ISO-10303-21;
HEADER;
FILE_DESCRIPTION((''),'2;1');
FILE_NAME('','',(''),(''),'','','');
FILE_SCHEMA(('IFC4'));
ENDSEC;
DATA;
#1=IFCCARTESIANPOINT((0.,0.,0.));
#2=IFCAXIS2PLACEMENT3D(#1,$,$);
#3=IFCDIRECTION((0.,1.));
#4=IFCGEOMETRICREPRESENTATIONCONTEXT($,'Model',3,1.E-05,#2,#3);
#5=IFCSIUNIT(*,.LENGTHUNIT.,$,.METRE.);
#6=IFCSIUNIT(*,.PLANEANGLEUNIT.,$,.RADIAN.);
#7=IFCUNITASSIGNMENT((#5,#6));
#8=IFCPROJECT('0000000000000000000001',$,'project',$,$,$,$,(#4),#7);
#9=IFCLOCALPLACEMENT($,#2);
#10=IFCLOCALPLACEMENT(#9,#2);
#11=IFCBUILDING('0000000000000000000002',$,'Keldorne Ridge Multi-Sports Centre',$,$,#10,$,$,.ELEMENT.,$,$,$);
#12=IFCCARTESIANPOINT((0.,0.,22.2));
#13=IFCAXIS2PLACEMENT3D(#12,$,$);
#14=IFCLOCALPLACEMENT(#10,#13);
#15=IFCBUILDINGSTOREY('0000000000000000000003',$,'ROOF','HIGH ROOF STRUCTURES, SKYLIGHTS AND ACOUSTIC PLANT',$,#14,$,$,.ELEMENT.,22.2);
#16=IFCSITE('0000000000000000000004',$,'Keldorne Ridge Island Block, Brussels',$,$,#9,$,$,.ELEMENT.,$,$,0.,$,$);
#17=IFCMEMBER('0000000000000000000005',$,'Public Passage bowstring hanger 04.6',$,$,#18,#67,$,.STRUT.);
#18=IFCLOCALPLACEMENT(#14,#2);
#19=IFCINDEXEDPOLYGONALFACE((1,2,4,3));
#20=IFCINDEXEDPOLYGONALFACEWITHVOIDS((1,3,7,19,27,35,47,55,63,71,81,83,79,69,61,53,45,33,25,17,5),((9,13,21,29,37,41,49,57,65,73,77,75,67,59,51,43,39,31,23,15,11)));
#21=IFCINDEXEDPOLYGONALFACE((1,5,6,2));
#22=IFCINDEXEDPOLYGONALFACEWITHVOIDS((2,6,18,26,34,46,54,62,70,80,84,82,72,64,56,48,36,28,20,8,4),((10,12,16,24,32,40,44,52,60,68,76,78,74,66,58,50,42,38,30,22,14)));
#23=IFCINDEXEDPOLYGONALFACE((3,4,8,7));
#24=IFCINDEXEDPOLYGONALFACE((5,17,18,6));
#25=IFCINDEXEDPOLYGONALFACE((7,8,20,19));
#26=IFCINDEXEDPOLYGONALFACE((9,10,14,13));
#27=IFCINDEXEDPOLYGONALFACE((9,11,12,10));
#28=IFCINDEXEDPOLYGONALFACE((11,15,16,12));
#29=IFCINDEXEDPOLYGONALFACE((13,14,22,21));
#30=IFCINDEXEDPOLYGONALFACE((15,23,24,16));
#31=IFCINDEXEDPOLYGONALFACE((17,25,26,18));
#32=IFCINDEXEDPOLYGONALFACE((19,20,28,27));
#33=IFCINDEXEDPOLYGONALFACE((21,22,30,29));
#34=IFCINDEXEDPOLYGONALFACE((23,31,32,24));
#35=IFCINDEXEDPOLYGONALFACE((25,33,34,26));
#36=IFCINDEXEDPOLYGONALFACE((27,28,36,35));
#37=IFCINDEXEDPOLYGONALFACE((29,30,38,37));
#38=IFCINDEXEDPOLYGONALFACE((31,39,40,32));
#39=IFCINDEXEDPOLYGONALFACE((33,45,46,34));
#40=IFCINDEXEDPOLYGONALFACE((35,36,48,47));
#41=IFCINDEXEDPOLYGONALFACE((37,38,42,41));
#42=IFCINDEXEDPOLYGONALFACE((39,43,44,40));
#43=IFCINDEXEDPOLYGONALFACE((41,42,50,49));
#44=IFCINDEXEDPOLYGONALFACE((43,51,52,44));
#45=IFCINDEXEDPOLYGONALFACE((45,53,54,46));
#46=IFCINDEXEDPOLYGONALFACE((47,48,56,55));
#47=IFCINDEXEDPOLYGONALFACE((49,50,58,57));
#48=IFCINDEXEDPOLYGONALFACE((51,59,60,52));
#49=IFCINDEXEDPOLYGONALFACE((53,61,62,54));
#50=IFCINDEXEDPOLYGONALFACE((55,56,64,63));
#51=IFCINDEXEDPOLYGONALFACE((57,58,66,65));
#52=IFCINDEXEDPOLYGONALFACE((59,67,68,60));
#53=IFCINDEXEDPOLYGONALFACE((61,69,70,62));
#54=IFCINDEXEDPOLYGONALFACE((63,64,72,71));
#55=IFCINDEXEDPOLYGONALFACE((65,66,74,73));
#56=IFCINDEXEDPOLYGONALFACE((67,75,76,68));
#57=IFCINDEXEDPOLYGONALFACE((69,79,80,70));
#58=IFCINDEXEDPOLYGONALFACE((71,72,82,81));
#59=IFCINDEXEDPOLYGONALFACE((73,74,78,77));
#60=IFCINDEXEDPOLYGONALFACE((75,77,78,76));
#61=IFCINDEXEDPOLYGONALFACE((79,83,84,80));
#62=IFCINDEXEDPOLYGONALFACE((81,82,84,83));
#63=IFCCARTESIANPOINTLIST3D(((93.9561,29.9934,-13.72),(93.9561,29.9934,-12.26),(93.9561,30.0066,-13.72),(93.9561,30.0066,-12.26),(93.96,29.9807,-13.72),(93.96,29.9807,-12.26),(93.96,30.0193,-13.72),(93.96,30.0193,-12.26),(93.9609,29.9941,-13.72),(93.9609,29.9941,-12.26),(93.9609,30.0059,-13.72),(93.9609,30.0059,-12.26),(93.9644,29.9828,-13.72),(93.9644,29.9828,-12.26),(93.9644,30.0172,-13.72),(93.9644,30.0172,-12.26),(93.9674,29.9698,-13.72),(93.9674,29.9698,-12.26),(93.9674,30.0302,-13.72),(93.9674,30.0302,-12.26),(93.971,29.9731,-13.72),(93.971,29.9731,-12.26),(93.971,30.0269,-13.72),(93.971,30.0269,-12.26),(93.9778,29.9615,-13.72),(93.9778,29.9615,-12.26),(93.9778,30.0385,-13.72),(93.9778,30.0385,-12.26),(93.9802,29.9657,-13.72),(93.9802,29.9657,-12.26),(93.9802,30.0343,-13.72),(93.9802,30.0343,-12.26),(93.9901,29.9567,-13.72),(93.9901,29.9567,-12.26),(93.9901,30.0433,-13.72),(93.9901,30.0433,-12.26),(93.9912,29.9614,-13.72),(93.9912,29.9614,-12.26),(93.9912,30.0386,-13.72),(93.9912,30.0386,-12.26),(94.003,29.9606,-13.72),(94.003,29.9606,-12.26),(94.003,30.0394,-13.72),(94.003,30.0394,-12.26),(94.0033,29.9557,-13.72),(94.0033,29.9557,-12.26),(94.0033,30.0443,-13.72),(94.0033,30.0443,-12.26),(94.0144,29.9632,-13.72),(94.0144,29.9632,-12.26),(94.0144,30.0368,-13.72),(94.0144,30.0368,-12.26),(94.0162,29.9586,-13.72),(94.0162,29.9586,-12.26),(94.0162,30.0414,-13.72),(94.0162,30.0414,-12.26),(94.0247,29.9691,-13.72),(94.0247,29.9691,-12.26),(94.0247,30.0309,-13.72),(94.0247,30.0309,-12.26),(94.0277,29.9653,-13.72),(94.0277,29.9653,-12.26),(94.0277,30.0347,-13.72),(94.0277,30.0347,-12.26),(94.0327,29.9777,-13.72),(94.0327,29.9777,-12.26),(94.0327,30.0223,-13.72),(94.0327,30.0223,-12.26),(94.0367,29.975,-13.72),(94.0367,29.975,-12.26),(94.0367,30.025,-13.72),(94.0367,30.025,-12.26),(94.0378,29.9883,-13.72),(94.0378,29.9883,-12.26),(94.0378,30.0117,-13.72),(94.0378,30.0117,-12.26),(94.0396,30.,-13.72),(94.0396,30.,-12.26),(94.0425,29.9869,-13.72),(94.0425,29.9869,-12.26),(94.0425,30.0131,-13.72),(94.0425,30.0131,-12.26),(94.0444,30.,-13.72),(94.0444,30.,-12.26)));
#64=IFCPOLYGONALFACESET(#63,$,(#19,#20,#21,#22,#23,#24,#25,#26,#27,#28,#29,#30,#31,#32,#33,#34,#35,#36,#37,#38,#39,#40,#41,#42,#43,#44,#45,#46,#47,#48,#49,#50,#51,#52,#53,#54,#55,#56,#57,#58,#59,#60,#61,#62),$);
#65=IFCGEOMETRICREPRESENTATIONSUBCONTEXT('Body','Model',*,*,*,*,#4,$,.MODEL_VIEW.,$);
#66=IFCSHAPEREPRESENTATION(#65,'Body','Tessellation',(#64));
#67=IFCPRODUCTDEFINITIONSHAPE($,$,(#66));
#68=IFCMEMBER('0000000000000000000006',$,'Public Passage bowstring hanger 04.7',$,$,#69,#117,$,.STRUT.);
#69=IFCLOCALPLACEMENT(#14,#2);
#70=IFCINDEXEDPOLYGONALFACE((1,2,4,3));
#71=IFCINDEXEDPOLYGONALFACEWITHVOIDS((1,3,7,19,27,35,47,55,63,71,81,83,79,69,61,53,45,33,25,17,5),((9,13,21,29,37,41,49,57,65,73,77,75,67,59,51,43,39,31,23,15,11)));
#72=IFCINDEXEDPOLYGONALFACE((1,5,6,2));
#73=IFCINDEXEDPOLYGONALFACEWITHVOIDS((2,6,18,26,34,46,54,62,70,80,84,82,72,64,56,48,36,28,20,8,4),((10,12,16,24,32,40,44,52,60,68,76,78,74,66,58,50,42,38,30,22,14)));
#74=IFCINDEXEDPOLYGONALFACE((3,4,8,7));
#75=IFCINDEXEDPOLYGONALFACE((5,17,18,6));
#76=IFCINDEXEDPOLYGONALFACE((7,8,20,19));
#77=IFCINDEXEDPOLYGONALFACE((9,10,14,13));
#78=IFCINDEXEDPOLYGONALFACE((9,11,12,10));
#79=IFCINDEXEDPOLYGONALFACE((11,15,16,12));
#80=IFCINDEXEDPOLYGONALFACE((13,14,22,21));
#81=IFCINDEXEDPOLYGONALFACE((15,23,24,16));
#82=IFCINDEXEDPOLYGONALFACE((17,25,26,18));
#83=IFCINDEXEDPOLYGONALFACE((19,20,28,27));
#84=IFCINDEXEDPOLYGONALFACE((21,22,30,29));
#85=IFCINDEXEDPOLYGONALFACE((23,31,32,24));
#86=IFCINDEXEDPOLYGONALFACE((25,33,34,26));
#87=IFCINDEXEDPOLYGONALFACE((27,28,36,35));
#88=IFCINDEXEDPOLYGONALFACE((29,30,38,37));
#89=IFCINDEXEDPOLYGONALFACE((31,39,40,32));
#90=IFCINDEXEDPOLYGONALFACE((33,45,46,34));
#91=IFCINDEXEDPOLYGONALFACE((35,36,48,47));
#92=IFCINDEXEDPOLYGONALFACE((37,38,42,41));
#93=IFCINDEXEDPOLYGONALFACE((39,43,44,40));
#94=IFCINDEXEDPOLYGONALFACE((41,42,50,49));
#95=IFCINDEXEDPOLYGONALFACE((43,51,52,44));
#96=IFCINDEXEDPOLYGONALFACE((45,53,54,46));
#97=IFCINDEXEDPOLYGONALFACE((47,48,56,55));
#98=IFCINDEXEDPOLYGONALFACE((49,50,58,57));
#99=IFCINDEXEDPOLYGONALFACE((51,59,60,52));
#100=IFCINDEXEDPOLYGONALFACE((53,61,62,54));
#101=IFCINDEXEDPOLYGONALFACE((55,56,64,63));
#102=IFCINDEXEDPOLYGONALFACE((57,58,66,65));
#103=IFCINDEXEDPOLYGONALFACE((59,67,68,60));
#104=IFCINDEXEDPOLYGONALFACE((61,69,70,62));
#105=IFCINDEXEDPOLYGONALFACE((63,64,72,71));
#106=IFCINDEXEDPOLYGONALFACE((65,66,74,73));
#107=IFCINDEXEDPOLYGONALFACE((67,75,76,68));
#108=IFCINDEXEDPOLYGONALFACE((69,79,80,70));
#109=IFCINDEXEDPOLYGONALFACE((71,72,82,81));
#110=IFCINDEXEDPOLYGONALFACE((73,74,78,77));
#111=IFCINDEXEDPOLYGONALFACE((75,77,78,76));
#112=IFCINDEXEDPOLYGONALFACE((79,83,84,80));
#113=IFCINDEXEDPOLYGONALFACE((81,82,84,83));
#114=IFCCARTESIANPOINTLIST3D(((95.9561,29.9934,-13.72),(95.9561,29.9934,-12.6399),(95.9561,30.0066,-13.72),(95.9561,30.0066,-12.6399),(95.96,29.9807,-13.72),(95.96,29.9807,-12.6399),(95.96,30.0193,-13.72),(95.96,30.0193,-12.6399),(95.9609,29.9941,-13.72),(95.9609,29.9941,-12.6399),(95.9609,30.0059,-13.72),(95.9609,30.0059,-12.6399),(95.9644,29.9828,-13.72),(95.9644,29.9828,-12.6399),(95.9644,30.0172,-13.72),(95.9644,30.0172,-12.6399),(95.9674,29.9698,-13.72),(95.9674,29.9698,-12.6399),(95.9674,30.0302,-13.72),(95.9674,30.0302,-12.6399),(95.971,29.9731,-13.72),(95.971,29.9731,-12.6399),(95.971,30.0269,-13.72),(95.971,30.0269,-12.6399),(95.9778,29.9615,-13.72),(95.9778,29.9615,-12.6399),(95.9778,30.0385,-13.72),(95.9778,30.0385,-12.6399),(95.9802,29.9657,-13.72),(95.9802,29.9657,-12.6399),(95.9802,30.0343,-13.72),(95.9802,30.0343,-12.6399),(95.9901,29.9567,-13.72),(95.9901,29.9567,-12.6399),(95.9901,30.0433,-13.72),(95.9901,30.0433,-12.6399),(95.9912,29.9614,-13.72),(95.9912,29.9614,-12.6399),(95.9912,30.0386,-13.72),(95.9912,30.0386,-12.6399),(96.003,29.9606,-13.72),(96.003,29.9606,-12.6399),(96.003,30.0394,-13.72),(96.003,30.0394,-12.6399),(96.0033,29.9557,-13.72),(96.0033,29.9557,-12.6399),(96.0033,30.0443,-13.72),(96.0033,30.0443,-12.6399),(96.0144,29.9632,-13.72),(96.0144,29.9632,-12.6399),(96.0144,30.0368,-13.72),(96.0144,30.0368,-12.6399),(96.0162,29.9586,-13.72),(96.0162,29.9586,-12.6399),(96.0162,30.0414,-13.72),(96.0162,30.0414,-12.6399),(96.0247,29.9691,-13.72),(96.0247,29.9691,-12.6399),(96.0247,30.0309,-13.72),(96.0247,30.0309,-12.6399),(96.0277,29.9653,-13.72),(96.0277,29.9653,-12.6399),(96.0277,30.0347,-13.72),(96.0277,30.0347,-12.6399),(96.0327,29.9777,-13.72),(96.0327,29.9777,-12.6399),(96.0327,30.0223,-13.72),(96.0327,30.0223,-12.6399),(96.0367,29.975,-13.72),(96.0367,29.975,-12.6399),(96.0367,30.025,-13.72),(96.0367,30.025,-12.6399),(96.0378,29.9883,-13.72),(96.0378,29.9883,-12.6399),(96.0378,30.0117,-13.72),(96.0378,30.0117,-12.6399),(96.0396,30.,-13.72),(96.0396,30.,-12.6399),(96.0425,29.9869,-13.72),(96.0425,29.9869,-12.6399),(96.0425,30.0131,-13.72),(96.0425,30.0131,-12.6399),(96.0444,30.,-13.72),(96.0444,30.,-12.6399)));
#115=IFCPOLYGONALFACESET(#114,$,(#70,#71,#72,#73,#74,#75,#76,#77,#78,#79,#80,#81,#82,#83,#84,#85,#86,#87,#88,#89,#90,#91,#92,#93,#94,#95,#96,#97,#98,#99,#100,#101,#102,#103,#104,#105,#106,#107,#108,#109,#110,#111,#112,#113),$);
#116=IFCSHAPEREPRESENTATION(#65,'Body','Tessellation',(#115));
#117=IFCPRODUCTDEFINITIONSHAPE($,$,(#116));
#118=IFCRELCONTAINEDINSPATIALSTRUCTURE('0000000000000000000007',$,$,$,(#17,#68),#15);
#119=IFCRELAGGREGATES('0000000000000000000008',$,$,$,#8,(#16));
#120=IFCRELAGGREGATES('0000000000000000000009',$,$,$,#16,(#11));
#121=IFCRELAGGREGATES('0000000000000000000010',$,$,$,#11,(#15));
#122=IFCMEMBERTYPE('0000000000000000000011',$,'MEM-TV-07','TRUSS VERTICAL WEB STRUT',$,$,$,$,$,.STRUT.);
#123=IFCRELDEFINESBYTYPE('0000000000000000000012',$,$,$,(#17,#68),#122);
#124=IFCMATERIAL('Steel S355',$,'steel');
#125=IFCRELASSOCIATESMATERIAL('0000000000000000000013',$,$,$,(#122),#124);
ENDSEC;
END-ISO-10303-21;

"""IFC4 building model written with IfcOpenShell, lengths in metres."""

from ifc_helpers import new_model, si_unit, direction, frame, origin, origin_2d, place, context, subcontext, project, spatial, hollow_circle, extrude, material, material_profile, profile_set, type_object, element, save


model = new_model("IFC4")

# Units and contexts
model_context = context("Model", 3, precision=1e-05, world=origin(), true_north=direction((0.0, 1.0)))
body_context = subcontext(model_context, "Body", "Model", "MODEL_VIEW")
ifc_project = project(units=[si_unit("LENGTHUNIT", "METRE"), si_unit("PLANEANGLEUNIT", "RADIAN")], contexts=[model_context])

# Site, building, storey
site_placement = place(None, origin())
site = spatial("IfcSite", under=ifc_project, at=site_placement, Name="Keldorne Ridge Island Block, Brussels", CompositionType="ELEMENT", RefElevation=0.0)
building_placement = place(site_placement, origin())
building = spatial("IfcBuilding", under=site, at=building_placement, Name="Keldorne Ridge Multi-Sports Centre", CompositionType="ELEMENT")
storey_placement = place(building_placement, frame((0.0, 0.0, 22.2)))
storey = spatial("IfcBuildingStorey", under=building, at=storey_placement, Name="ROOF", Description="HIGH ROOF STRUCTURES, SKYLIGHTS AND ACOUSTIC PLANT", CompositionType="ELEMENT", Elevation=22.2)

# Members
ifc_material = material(Name="Steel S355", Category="steel")
ifc_material_profile_1 = material_profile(ifc_material, hollow_circle(Radius=0.0444, WallThickness=0.0049, at=origin_2d()), Name="CHS 88.9x5")
ifc_profile_set_1 = profile_set([ifc_material_profile_1], Name="Steel S355")
member_type_1 = type_object("IfcMemberType", Name="MEM-TV-07", Description="TRUSS VERTICAL WEB STRUT", PredefinedType="STRUT", material=ifc_profile_set_1)
member_1_placement = place(storey_placement, frame((94.0, 30.0, -13.72), z_axis=(0.0, 0.0, 1.0), x_axis=(1.0, 0.0, 0.0)))
element("IfcMember", 1, at=member_1_placement, inside=storey, type_object=member_type_1, Name="Public Passage bowstring hanger 04.6", PredefinedType="STRUT", context=body_context, shape_type="SweptSolid", body=[
    extrude(hollow_circle(Radius=0.0444, WallThickness=0.0049, at=origin_2d()), origin(), (0.0, 0.0, 1.0), 1.46),
])
member_2_placement = place(storey_placement, frame((96.0, 30.0, -13.72), z_axis=(0.0, 0.0, 1.0), x_axis=(1.0, 0.0, 0.0)))
element("IfcMember", 2, at=member_2_placement, inside=storey, type_object=member_type_1, Name="Public Passage bowstring hanger 04.7", PredefinedType="STRUT", context=body_context, shape_type="SweptSolid", body=[
    extrude(hollow_circle(Radius=0.0444, WallThickness=0.0049, at=origin_2d()), origin(), (0.0, 0.0, 1.0), 1.0801),
])

save(model, "model.ifc")
